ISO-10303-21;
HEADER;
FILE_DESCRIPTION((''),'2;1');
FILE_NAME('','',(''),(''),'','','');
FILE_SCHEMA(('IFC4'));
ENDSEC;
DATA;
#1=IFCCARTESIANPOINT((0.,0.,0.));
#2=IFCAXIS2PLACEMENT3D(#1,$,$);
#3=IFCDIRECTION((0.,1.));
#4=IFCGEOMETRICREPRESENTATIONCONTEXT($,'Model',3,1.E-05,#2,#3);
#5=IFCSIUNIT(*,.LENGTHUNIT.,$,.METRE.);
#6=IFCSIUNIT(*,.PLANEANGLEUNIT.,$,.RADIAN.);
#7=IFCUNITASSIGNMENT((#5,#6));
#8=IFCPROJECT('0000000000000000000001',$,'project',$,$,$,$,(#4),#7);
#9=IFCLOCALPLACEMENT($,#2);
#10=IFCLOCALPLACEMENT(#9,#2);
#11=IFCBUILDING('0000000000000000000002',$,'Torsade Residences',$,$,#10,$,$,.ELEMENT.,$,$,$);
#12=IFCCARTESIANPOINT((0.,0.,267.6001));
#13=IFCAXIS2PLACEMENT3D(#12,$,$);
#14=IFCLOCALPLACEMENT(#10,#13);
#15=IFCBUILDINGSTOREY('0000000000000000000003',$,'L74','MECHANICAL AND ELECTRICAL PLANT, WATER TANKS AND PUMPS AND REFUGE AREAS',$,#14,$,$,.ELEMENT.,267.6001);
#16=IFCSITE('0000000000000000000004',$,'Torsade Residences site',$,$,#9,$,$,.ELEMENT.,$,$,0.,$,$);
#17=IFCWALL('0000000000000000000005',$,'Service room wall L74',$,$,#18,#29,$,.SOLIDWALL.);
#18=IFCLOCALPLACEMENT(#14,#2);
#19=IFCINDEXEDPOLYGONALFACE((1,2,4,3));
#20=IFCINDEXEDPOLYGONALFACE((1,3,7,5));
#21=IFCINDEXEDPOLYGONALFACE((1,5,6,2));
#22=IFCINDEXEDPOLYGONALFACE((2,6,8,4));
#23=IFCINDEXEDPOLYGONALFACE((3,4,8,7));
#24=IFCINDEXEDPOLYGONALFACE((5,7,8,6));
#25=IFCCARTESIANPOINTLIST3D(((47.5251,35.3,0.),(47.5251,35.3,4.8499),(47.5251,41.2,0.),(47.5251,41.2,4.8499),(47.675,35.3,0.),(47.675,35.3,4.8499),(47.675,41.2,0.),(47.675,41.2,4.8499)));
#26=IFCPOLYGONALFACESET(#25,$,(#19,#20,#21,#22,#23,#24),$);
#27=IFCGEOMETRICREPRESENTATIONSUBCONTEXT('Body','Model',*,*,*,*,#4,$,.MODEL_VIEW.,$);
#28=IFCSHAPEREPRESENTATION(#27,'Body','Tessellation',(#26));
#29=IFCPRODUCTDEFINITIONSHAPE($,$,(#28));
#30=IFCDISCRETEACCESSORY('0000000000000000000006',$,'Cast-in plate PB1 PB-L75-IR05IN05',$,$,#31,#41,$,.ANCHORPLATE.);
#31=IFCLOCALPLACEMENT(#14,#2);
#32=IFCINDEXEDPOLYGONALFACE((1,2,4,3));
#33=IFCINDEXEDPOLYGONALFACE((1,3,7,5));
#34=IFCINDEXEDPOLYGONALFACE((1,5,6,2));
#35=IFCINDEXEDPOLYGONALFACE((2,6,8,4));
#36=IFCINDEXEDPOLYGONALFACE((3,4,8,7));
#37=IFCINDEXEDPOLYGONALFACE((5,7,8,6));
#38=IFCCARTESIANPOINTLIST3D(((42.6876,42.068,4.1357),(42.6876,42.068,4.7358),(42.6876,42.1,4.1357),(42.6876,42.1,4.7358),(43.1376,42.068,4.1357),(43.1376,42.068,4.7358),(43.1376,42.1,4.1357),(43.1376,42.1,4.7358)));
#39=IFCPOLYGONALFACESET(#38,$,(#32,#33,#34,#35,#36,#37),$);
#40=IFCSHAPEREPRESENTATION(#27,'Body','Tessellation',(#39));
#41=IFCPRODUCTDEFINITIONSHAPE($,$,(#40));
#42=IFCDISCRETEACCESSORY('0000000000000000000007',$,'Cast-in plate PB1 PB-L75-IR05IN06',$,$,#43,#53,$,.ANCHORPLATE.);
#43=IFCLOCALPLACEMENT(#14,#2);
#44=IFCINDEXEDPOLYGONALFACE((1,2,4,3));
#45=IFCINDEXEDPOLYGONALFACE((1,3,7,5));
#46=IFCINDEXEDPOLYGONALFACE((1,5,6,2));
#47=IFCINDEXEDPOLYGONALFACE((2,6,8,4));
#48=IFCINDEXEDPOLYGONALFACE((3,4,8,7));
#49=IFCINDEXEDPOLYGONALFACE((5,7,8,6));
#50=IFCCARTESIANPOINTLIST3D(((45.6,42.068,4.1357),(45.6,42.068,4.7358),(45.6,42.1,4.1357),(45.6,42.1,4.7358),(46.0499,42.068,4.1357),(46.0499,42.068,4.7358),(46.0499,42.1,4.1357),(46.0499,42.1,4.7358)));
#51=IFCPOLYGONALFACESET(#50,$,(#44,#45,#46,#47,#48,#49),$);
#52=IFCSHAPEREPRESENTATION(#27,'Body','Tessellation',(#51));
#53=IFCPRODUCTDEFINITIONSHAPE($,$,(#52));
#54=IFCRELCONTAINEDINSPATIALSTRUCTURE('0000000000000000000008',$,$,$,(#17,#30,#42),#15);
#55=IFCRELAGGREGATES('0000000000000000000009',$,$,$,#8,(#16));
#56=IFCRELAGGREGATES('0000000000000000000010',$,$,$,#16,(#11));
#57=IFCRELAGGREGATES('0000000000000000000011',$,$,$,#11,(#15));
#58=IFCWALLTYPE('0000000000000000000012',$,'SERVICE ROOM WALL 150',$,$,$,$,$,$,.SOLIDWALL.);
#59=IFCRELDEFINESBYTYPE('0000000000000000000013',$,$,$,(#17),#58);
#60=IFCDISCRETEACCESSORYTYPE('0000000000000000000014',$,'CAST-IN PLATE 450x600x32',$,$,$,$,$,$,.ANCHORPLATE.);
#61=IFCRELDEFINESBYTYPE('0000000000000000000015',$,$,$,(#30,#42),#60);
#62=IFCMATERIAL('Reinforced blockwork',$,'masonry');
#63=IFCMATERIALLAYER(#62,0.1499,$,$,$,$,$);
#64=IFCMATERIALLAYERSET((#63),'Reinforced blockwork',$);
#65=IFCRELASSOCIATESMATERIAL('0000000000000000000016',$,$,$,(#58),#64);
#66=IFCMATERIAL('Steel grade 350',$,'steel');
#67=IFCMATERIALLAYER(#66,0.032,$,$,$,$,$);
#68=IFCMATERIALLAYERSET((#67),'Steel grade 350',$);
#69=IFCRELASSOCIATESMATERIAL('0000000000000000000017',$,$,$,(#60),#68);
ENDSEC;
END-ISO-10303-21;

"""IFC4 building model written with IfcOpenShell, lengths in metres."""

from ifc_helpers import new_model, si_unit, direction, frame, frame_2d, origin, origin_2d, place, context, subcontext, project, spatial, rectangle, extrude, material, layer, layer_set, type_object, element, save


model = new_model("IFC4")

# Units and contexts
model_context = context("Model", 3, precision=1e-05, world=origin(), true_north=direction((0.0, 1.0)))
body_context = subcontext(model_context, "Body", "Model", "MODEL_VIEW")
ifc_project = project(units=[si_unit("LENGTHUNIT", "METRE"), si_unit("PLANEANGLEUNIT", "RADIAN")], contexts=[model_context])

# Site, building, storey
site_placement = place(None, origin())
site = spatial("IfcSite", under=ifc_project, at=site_placement, Name="Torsade Residences site", CompositionType="ELEMENT", RefElevation=0.0)
building_placement = place(site_placement, origin())
building = spatial("IfcBuilding", under=site, at=building_placement, Name="Torsade Residences", CompositionType="ELEMENT")
storey_placement = place(building_placement, frame((0.0, 0.0, 267.6001)))
storey = spatial("IfcBuildingStorey", under=building, at=storey_placement, Name="L74", Description="MECHANICAL AND ELECTRICAL PLANT, WATER TANKS AND PUMPS AND REFUGE AREAS", CompositionType="ELEMENT", Elevation=267.6001)

# Wall
ifc_material_1 = material(Name="Reinforced blockwork", Category="masonry")
ifc_layer_1 = layer(ifc_material_1, 0.1499)
ifc_layer_set_1 = layer_set([ifc_layer_1], Name="Reinforced blockwork")
wall_type_1 = type_object("IfcWallType", Name="SERVICE ROOM WALL 150", PredefinedType="SOLIDWALL", material=ifc_layer_set_1)
wall_1_placement = place(storey_placement, frame((47.6001, 41.2, 0.0), z_axis=(0.0, 0.0, 1.0), x_axis=(0.0, -1.0, 0.0)))
element("IfcWall", 1, at=wall_1_placement, inside=storey, type_object=wall_type_1, Name="Service room wall L74", PredefinedType="SOLIDWALL", context=body_context, shape_type="SweptSolid", body=[
    extrude(rectangle(XDim=5.8999, YDim=0.1499, at=frame_2d((2.95, 0.0))), origin(), (0.0, 0.0, 1.0), 4.8499),
])

# Discrete accessories
ifc_material_2 = material(Name="Steel grade 350", Category="steel")
ifc_layer_2 = layer(ifc_material_2, 0.032)
ifc_layer_set_2 = layer_set([ifc_layer_2], Name="Steel grade 350")
discrete_accessory_type = type_object("IfcDiscreteAccessoryType", Name="CAST-IN PLATE 450x600x32", PredefinedType="ANCHORPLATE", material=ifc_layer_set_2)
for number, where, z_axis, x_axis, name in (
    (2, (42.9126, 42.084, 4.1357), (0.0, 0.0, 1.0), (1.0, 0.0, 0.0), "Cast-in plate PB1 PB-L75-IR05IN05"),
    (3, (45.825, 42.084, 4.1357), (0.0, 0.0, 1.0), (1.0, 0.0, 0.0), "Cast-in plate PB1 PB-L75-IR05IN06"),
):
    element("IfcDiscreteAccessory", number, at=place(storey_placement, frame(where, z_axis=z_axis, x_axis=x_axis)), inside=storey, type_object=discrete_accessory_type, Name=name, PredefinedType="ANCHORPLATE", context=body_context, shape_type="SweptSolid", body=[
        extrude(rectangle(XDim=0.45, YDim=0.032, at=origin_2d()), origin(), (0.0, 0.0, 1.0), 0.6001),
    ])

save(model, "model.ifc")
